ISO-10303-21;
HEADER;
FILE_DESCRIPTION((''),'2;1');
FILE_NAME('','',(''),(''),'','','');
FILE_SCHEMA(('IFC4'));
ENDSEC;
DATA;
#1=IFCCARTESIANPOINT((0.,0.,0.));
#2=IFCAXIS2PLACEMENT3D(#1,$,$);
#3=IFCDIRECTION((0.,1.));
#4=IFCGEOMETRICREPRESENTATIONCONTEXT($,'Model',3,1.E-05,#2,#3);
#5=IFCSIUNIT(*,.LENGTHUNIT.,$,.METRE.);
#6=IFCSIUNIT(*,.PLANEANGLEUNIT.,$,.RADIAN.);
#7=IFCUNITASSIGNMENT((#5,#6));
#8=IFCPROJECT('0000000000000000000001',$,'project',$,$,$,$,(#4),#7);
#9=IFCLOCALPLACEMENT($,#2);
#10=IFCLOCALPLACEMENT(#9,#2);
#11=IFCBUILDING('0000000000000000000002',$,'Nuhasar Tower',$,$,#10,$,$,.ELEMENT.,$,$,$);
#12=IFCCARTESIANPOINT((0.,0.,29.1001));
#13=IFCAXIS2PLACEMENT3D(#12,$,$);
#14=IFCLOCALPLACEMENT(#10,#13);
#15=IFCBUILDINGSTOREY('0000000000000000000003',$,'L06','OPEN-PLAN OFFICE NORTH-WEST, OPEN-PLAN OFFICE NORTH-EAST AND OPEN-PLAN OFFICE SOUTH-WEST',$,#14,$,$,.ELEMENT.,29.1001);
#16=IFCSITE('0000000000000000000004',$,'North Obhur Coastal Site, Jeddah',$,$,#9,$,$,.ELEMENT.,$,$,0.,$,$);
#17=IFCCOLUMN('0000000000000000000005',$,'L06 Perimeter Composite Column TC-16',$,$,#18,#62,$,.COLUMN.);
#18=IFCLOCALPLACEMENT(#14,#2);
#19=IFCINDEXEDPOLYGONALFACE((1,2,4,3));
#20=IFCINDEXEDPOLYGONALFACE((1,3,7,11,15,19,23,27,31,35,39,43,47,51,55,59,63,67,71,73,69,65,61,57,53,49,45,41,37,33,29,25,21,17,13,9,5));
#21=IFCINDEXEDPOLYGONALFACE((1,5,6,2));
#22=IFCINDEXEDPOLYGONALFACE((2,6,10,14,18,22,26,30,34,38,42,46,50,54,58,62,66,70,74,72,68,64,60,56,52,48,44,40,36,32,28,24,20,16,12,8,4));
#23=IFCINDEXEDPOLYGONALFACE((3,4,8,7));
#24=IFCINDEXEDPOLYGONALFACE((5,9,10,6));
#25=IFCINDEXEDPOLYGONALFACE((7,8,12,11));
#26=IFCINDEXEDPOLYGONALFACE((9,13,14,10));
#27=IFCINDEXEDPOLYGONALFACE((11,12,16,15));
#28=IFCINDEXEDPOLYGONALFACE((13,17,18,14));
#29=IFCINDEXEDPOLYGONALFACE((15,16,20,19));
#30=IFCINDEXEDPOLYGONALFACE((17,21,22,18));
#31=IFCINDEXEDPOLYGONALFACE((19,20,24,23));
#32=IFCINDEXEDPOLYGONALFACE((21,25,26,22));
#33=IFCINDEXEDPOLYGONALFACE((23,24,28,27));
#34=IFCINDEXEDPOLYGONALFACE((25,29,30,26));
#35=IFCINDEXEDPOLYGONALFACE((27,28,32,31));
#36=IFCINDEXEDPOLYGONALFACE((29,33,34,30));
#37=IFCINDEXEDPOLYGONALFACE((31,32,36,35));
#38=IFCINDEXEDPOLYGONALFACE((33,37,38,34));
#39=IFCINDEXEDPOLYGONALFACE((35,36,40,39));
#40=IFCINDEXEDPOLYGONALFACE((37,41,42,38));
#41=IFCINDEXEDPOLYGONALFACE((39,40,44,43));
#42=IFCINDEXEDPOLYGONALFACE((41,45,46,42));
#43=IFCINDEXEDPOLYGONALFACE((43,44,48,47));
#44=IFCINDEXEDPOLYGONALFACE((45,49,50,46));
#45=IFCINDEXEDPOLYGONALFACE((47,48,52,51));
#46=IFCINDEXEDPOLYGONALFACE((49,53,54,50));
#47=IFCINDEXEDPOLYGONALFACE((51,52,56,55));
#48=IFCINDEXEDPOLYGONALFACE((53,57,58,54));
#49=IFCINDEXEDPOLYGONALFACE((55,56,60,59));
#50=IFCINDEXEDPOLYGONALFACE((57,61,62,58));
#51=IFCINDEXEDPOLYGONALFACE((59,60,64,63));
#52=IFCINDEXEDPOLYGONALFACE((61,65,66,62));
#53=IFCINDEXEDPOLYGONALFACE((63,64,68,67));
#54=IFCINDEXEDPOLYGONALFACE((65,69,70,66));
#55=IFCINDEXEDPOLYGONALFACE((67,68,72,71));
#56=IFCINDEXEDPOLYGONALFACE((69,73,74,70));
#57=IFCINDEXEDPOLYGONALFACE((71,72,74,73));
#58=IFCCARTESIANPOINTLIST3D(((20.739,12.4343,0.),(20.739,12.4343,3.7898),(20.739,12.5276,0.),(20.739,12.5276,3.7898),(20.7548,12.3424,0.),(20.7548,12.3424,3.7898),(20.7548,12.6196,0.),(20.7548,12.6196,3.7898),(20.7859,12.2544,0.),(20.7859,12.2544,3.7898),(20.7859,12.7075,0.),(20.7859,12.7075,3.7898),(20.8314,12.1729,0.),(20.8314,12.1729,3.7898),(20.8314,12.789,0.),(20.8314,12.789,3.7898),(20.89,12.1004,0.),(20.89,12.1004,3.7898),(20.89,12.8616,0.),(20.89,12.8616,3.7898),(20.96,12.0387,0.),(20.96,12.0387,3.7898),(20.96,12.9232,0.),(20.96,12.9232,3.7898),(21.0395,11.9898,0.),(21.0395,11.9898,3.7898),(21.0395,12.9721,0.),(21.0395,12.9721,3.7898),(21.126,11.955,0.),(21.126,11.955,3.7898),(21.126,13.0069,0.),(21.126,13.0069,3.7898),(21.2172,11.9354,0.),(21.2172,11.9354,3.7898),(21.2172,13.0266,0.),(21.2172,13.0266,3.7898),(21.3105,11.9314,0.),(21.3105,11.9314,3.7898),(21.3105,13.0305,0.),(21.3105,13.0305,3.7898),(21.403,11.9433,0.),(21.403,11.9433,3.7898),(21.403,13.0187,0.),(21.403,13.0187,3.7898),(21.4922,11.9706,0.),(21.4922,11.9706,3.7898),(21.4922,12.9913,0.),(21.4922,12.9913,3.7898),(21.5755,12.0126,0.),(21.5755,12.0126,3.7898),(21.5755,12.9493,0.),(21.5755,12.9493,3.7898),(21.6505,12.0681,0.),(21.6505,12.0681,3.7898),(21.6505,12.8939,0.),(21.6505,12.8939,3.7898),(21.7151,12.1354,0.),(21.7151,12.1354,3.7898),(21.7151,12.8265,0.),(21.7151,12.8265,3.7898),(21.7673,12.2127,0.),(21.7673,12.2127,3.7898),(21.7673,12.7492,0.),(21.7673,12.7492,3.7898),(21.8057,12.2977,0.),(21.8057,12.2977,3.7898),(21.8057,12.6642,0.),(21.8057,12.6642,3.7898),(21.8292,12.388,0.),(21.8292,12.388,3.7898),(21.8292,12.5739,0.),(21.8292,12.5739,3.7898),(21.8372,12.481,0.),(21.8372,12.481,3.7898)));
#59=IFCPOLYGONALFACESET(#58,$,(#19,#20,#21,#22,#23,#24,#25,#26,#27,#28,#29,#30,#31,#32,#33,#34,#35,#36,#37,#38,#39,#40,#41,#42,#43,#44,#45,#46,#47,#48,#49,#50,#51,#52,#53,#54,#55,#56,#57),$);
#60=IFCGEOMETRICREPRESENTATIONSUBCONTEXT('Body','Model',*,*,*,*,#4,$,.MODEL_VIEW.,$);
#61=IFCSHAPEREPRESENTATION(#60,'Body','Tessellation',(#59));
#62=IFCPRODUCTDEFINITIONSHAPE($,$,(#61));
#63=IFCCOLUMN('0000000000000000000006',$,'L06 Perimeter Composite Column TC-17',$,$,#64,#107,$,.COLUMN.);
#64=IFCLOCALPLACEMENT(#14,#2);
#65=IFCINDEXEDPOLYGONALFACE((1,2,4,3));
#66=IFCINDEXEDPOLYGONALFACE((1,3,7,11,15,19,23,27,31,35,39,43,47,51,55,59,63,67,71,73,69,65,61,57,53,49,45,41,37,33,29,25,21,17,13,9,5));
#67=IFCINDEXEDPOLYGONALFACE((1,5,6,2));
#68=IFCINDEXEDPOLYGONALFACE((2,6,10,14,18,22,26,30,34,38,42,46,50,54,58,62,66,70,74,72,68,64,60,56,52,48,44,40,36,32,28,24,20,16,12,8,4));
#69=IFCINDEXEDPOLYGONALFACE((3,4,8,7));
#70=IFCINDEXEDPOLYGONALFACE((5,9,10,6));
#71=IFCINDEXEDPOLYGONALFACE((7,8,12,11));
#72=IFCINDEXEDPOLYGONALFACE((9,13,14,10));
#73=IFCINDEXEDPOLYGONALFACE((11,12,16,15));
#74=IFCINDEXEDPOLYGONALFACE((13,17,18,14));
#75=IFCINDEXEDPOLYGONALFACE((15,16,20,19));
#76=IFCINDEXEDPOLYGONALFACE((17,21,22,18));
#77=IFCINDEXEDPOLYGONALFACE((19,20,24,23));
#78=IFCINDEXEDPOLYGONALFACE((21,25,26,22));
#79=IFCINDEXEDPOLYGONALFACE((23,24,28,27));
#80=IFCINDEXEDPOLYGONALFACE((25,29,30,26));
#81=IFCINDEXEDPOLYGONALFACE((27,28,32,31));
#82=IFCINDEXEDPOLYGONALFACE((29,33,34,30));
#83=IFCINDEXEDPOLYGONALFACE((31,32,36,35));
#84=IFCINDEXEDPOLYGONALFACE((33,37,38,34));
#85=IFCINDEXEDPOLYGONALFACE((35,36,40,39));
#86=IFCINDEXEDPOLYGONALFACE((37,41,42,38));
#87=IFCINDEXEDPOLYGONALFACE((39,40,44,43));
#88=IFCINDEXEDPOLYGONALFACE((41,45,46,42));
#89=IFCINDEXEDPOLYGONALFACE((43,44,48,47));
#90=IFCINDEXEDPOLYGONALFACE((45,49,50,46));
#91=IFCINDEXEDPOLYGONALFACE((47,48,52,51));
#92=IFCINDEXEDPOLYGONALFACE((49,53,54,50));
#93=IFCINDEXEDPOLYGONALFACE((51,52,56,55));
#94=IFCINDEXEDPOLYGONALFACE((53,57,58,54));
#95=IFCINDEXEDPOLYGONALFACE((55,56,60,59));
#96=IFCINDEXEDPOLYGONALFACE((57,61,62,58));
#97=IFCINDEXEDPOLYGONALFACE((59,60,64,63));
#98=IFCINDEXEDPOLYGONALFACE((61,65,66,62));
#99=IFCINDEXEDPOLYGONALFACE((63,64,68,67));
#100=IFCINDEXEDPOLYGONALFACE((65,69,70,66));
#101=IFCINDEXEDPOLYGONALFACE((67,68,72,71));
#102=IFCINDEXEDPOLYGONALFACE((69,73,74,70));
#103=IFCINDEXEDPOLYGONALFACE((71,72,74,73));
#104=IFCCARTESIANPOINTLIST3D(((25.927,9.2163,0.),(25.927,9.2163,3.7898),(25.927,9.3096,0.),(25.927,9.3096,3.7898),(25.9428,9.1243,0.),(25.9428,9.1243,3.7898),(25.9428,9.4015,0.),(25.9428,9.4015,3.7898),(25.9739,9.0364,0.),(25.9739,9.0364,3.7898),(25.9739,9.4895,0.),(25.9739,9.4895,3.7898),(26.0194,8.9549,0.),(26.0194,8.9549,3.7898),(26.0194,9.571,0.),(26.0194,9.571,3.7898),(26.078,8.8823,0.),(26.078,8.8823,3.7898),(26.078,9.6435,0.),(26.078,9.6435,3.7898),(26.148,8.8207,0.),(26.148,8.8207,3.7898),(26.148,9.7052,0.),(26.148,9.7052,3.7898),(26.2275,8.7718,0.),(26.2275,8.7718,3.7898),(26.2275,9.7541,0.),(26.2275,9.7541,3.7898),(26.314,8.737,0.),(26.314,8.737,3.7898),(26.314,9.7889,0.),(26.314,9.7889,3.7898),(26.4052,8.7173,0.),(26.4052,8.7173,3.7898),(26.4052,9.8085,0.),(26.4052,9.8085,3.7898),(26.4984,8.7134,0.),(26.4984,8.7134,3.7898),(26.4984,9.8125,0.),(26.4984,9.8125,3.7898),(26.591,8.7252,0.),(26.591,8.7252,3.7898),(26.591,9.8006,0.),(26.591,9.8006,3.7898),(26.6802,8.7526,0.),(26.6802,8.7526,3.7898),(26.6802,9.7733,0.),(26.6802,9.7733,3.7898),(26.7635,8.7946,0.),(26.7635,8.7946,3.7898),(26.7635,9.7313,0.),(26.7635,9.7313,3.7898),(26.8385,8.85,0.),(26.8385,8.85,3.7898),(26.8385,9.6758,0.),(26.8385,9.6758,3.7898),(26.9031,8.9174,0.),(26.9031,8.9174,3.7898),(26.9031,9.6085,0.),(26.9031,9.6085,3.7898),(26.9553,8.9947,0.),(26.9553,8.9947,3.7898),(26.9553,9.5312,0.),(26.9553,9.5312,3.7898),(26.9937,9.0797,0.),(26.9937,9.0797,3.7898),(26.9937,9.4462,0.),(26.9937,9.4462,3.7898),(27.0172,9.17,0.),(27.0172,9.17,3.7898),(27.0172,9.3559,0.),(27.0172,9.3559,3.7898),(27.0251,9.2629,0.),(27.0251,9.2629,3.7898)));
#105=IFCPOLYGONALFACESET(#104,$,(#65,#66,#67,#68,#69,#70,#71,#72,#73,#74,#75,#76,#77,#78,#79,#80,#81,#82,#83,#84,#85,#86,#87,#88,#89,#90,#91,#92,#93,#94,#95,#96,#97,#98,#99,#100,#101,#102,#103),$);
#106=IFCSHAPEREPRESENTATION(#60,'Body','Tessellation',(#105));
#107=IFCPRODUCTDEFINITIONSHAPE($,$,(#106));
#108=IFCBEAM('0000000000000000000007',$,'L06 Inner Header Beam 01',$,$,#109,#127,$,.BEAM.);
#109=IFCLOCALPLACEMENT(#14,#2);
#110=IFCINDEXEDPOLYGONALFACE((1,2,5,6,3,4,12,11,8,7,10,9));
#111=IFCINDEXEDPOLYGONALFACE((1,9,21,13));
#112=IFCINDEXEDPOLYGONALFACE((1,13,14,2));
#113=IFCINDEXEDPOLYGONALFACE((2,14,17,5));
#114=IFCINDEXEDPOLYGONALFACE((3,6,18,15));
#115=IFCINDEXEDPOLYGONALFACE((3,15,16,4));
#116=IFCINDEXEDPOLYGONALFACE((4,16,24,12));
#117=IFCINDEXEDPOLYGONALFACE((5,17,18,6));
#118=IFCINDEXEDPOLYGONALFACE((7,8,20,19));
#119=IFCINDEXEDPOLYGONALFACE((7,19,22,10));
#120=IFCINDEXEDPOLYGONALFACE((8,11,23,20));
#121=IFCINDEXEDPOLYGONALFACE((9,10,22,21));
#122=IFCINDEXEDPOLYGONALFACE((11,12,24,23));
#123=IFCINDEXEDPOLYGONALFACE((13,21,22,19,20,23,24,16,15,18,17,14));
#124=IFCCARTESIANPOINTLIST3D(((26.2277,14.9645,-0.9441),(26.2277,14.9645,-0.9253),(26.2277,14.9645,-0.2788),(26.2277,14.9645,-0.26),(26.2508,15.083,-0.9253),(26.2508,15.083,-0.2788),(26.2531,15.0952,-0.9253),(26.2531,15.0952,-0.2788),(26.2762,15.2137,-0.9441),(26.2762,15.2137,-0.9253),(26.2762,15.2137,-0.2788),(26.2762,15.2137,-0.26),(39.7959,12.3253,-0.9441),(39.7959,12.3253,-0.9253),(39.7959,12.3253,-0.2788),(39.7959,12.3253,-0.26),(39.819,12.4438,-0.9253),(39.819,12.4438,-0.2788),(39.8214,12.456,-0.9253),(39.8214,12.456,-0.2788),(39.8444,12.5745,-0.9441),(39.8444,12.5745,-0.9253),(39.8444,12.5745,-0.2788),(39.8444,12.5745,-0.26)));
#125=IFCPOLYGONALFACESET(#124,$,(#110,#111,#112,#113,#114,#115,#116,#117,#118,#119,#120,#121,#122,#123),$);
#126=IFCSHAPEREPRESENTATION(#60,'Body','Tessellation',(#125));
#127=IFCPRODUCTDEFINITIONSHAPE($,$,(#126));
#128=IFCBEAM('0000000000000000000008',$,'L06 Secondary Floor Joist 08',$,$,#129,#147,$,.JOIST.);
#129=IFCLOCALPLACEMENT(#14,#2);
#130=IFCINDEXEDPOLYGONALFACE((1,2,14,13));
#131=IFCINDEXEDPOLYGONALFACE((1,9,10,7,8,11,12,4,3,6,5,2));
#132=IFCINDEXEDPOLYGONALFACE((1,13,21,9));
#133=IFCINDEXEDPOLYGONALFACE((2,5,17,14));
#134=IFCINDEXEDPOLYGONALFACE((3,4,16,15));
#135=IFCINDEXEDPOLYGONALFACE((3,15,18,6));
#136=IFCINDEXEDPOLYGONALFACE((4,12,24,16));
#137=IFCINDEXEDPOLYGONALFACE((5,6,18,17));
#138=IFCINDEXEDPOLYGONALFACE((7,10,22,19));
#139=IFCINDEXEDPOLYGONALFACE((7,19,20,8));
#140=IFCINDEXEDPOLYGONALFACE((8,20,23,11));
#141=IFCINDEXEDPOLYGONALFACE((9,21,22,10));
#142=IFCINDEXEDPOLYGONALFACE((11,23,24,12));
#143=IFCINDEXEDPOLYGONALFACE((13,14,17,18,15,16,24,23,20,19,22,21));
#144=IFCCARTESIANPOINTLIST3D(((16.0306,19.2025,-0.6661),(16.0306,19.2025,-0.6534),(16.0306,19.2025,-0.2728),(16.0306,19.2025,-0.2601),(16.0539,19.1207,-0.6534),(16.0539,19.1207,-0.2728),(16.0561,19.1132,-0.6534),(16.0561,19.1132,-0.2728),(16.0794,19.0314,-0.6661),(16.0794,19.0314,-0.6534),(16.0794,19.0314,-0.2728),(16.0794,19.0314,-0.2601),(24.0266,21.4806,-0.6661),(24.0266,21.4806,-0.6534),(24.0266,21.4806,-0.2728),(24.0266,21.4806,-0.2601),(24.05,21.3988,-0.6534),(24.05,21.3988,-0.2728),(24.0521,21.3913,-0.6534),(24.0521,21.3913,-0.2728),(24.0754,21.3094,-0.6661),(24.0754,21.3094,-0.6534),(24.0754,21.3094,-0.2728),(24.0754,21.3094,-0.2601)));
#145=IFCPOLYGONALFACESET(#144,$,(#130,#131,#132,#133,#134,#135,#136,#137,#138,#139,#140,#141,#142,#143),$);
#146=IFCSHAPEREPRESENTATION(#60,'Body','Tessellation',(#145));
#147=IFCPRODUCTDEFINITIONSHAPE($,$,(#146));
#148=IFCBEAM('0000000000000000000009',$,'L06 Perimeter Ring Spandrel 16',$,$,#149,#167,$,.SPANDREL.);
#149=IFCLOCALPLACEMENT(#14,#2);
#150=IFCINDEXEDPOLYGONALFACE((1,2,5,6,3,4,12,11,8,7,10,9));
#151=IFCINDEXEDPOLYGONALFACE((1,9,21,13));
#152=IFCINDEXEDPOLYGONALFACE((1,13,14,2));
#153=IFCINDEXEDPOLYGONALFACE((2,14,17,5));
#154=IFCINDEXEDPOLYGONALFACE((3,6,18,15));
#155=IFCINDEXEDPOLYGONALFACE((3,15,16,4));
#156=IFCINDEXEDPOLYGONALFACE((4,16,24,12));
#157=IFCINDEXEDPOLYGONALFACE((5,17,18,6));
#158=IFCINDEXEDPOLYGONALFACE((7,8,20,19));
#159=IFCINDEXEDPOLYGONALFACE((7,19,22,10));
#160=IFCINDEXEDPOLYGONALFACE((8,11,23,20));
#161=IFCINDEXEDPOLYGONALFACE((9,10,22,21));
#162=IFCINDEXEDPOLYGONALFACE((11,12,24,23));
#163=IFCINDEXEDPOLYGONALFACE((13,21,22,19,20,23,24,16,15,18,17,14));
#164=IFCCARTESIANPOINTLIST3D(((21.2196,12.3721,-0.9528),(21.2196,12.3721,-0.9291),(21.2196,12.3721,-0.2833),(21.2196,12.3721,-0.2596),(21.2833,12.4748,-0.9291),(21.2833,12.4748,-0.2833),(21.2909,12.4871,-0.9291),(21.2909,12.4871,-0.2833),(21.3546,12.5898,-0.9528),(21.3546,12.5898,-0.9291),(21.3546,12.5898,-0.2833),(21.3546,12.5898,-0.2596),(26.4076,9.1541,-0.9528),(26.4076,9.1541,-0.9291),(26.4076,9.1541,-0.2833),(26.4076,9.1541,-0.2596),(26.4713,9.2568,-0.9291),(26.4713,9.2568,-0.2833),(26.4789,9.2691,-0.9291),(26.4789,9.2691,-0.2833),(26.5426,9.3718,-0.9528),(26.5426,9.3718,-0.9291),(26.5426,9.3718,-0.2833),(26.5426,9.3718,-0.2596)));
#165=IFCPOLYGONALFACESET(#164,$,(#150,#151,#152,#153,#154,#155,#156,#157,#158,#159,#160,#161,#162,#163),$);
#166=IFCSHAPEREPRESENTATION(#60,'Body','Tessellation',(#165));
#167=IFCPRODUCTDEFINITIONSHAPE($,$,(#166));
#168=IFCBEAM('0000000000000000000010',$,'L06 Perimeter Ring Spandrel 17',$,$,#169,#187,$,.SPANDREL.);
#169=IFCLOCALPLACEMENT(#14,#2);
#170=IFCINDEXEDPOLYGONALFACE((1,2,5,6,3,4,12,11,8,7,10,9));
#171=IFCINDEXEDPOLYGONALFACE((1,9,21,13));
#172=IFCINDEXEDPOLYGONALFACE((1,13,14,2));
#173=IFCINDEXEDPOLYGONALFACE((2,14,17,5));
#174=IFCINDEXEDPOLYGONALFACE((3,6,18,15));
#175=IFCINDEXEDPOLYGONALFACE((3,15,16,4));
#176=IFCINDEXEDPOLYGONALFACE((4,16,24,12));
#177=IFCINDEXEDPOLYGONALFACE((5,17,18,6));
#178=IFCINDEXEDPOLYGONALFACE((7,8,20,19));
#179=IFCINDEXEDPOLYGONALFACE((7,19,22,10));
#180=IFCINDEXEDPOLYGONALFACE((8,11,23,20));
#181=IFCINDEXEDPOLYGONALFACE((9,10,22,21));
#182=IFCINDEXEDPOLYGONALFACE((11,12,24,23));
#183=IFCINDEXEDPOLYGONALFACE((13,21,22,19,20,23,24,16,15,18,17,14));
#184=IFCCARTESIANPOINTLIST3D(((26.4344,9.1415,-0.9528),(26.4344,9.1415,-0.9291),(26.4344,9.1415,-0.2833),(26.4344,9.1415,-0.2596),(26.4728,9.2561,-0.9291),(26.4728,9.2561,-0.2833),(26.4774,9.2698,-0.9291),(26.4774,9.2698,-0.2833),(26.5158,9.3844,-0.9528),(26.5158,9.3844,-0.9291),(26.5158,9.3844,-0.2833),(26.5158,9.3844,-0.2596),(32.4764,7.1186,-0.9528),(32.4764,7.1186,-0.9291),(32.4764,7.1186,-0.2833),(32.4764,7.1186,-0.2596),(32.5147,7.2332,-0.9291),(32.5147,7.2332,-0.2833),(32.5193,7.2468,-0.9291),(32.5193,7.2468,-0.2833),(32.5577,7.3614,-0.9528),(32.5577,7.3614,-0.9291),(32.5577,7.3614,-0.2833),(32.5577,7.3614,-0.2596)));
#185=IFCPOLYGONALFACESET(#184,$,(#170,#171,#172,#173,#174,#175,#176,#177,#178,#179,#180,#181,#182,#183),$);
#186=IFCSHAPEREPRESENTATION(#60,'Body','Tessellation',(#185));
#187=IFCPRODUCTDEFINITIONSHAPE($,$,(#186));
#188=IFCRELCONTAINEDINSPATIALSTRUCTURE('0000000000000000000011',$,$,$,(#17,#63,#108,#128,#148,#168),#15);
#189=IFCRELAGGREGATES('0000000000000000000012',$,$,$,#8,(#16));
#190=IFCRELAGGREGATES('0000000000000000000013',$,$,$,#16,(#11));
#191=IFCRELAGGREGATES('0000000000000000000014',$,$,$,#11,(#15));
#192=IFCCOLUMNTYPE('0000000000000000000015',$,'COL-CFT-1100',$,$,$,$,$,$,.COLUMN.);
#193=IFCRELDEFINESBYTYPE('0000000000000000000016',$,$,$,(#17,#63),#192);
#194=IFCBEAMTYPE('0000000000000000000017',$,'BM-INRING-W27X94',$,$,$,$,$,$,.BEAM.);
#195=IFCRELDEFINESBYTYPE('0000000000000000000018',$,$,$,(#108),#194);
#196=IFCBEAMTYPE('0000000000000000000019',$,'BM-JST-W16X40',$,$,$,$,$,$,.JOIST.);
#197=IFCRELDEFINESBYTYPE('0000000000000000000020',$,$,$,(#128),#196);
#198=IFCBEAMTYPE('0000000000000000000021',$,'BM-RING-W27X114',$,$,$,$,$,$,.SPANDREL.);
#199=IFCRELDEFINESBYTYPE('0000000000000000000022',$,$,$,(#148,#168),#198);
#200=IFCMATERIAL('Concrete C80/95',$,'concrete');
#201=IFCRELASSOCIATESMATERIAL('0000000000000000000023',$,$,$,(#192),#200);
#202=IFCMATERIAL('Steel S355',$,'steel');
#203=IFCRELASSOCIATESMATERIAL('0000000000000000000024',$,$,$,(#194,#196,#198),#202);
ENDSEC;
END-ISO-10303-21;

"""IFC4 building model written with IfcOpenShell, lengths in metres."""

from ifc_helpers import new_model, si_unit, direction, frame, origin, origin_2d, place, context, subcontext, project, spatial, circle, i_section, extrude, material, material_profile, profile_set, type_object, element, save


model = new_model("IFC4")

# Units and contexts
model_context = context("Model", 3, precision=1e-05, world=origin(), true_north=direction((0.0, 1.0)))
body_context = subcontext(model_context, "Body", "Model", "MODEL_VIEW")
ifc_project = project(units=[si_unit("LENGTHUNIT", "METRE"), si_unit("PLANEANGLEUNIT", "RADIAN")], contexts=[model_context])

# Site, building, storey
site_placement = place(None, origin())
site = spatial("IfcSite", under=ifc_project, at=site_placement, Name="North Obhur Coastal Site, Jeddah", CompositionType="ELEMENT", RefElevation=0.0)
building_placement = place(site_placement, origin())
building = spatial("IfcBuilding", under=site, at=building_placement, Name="Nuhasar Tower", CompositionType="ELEMENT")
storey_placement = place(building_placement, frame((0.0, 0.0, 29.1001)))
storey = spatial("IfcBuildingStorey", under=building, at=storey_placement, Name="L06", Description="OPEN-PLAN OFFICE NORTH-WEST, OPEN-PLAN OFFICE NORTH-EAST AND OPEN-PLAN OFFICE SOUTH-WEST", CompositionType="ELEMENT", Elevation=29.1001)

# Columns
ifc_material_1 = material(Name="Concrete C80/95", Category="concrete")
ifc_material_profile_1 = material_profile(ifc_material_1, circle(Radius=0.55, at=origin_2d()), Name="CFT1100")
ifc_profile_set_1 = profile_set([ifc_material_profile_1], Name="Concrete C80/95")
column_type = type_object("IfcColumnType", Name="COL-CFT-1100", PredefinedType="COLUMN", material=ifc_profile_set_1)
for number, where, z_axis, x_axis, name in (
    (1, (21.2871, 12.481, 0.0), (0.0, 0.0, 1.0), (1.0, 0.0, 0.0), "L06 Perimeter Composite Column TC-16"),
    (2, (26.4751, 9.2629, 0.0), (0.0, 0.0, 1.0), (1.0, 0.0, 0.0), "L06 Perimeter Composite Column TC-17"),
):
    element("IfcColumn", number, at=place(storey_placement, frame(where, z_axis=z_axis, x_axis=x_axis)), inside=storey, type_object=column_type, Name=name, PredefinedType="COLUMN", context=body_context, shape_type="SweptSolid", body=[
        extrude(circle(Radius=0.55, at=origin_2d()), origin(), (0.0, 0.0, 1.0), 3.7898),
    ])

# Beams
ifc_material_2 = material(Name="Steel S355", Category="steel")
ifc_material_profile_2 = material_profile(ifc_material_2, i_section(OverallWidth=0.2539, OverallDepth=0.6841, WebThickness=0.0125, FlangeThickness=0.0188, at=origin_2d()), Name="W27X94")
ifc_profile_set_2 = profile_set([ifc_material_profile_2], Name="Steel S355")
beam_type_1 = type_object("IfcBeamType", Name="BM-INRING-W27X94", PredefinedType="BEAM", material=ifc_profile_set_2)
beam_1_placement = place(storey_placement, frame((26.252, 15.0891, -0.6021), z_axis=(0.981603, -0.190933, 0.0), x_axis=(0.190933, 0.981603, 0.0)))
element("IfcBeam", 3, at=beam_1_placement, inside=storey, type_object=beam_type_1, Name="L06 Inner Header Beam 01", PredefinedType="BEAM", context=body_context, shape_type="SweptSolid", body=[
    extrude(i_section(OverallWidth=0.2539, OverallDepth=0.6841, WebThickness=0.0125, FlangeThickness=0.0188, at=origin_2d()), origin(), (0.0, 0.0, 1.0), 13.8225),
])
ifc_material_profile_3 = material_profile(ifc_material_2, i_section(OverallWidth=0.178, OverallDepth=0.406, WebThickness=0.0078, FlangeThickness=0.0127, at=origin_2d()), Name="W16X40")
ifc_profile_set_3 = profile_set([ifc_material_profile_3], Name="Steel S355")
beam_type_2 = type_object("IfcBeamType", Name="BM-JST-W16X40", PredefinedType="JOIST", material=ifc_profile_set_3)
beam_2_placement = place(storey_placement, frame((24.051, 21.395, -0.4631), z_axis=(-0.961731, -0.273996, 0.0), x_axis=(0.273996, -0.961731, 0.0)))
element("IfcBeam", 4, at=beam_2_placement, inside=storey, type_object=beam_type_2, Name="L06 Secondary Floor Joist 08", PredefinedType="JOIST", context=body_context, shape_type="SweptSolid", body=[
    extrude(i_section(OverallWidth=0.178, OverallDepth=0.406, WebThickness=0.0078, FlangeThickness=0.0127, at=origin_2d()), origin(), (0.0, 0.0, 1.0), 8.3142),
])
ifc_material_profile_4 = material_profile(ifc_material_2, i_section(OverallWidth=0.2561, OverallDepth=0.6931, WebThickness=0.0144, FlangeThickness=0.0237, at=origin_2d()), Name="W27X114")
ifc_profile_set_4 = profile_set([ifc_material_profile_4], Name="Steel S355")
beam_type_3 = type_object("IfcBeamType", Name="BM-RING-W27X114", PredefinedType="SPANDREL", material=ifc_profile_set_4)
beam_3_placement = place(storey_placement, frame((21.2871, 12.481, -0.6062), z_axis=(0.849795, -0.527113, 0.0), x_axis=(0.527113, 0.849795, 0.0)))
element("IfcBeam", 5, at=beam_3_placement, inside=storey, type_object=beam_type_3, Name="L06 Perimeter Ring Spandrel 16", PredefinedType="SPANDREL", context=body_context, shape_type="SweptSolid", body=[
    extrude(i_section(OverallWidth=0.2561, OverallDepth=0.6931, WebThickness=0.0144, FlangeThickness=0.0237, at=origin_2d()), origin(), (0.0, 0.0, 1.0), 6.105),
])
beam_4_placement = place(storey_placement, frame((26.4751, 9.2629, -0.6062), z_axis=(0.948261, -0.317492, 0.0), x_axis=(0.317492, 0.948261, 0.0)))
element("IfcBeam", 6, at=beam_4_placement, inside=storey, type_object=beam_type_3, Name="L06 Perimeter Ring Spandrel 17", PredefinedType="SPANDREL", context=body_context, shape_type="SweptSolid", body=[
    extrude(i_section(OverallWidth=0.2561, OverallDepth=0.6931, WebThickness=0.0144, FlangeThickness=0.0237, at=origin_2d()), origin(), (0.0, 0.0, 1.0), 6.3716),
])

save(model, "model.ifc")
